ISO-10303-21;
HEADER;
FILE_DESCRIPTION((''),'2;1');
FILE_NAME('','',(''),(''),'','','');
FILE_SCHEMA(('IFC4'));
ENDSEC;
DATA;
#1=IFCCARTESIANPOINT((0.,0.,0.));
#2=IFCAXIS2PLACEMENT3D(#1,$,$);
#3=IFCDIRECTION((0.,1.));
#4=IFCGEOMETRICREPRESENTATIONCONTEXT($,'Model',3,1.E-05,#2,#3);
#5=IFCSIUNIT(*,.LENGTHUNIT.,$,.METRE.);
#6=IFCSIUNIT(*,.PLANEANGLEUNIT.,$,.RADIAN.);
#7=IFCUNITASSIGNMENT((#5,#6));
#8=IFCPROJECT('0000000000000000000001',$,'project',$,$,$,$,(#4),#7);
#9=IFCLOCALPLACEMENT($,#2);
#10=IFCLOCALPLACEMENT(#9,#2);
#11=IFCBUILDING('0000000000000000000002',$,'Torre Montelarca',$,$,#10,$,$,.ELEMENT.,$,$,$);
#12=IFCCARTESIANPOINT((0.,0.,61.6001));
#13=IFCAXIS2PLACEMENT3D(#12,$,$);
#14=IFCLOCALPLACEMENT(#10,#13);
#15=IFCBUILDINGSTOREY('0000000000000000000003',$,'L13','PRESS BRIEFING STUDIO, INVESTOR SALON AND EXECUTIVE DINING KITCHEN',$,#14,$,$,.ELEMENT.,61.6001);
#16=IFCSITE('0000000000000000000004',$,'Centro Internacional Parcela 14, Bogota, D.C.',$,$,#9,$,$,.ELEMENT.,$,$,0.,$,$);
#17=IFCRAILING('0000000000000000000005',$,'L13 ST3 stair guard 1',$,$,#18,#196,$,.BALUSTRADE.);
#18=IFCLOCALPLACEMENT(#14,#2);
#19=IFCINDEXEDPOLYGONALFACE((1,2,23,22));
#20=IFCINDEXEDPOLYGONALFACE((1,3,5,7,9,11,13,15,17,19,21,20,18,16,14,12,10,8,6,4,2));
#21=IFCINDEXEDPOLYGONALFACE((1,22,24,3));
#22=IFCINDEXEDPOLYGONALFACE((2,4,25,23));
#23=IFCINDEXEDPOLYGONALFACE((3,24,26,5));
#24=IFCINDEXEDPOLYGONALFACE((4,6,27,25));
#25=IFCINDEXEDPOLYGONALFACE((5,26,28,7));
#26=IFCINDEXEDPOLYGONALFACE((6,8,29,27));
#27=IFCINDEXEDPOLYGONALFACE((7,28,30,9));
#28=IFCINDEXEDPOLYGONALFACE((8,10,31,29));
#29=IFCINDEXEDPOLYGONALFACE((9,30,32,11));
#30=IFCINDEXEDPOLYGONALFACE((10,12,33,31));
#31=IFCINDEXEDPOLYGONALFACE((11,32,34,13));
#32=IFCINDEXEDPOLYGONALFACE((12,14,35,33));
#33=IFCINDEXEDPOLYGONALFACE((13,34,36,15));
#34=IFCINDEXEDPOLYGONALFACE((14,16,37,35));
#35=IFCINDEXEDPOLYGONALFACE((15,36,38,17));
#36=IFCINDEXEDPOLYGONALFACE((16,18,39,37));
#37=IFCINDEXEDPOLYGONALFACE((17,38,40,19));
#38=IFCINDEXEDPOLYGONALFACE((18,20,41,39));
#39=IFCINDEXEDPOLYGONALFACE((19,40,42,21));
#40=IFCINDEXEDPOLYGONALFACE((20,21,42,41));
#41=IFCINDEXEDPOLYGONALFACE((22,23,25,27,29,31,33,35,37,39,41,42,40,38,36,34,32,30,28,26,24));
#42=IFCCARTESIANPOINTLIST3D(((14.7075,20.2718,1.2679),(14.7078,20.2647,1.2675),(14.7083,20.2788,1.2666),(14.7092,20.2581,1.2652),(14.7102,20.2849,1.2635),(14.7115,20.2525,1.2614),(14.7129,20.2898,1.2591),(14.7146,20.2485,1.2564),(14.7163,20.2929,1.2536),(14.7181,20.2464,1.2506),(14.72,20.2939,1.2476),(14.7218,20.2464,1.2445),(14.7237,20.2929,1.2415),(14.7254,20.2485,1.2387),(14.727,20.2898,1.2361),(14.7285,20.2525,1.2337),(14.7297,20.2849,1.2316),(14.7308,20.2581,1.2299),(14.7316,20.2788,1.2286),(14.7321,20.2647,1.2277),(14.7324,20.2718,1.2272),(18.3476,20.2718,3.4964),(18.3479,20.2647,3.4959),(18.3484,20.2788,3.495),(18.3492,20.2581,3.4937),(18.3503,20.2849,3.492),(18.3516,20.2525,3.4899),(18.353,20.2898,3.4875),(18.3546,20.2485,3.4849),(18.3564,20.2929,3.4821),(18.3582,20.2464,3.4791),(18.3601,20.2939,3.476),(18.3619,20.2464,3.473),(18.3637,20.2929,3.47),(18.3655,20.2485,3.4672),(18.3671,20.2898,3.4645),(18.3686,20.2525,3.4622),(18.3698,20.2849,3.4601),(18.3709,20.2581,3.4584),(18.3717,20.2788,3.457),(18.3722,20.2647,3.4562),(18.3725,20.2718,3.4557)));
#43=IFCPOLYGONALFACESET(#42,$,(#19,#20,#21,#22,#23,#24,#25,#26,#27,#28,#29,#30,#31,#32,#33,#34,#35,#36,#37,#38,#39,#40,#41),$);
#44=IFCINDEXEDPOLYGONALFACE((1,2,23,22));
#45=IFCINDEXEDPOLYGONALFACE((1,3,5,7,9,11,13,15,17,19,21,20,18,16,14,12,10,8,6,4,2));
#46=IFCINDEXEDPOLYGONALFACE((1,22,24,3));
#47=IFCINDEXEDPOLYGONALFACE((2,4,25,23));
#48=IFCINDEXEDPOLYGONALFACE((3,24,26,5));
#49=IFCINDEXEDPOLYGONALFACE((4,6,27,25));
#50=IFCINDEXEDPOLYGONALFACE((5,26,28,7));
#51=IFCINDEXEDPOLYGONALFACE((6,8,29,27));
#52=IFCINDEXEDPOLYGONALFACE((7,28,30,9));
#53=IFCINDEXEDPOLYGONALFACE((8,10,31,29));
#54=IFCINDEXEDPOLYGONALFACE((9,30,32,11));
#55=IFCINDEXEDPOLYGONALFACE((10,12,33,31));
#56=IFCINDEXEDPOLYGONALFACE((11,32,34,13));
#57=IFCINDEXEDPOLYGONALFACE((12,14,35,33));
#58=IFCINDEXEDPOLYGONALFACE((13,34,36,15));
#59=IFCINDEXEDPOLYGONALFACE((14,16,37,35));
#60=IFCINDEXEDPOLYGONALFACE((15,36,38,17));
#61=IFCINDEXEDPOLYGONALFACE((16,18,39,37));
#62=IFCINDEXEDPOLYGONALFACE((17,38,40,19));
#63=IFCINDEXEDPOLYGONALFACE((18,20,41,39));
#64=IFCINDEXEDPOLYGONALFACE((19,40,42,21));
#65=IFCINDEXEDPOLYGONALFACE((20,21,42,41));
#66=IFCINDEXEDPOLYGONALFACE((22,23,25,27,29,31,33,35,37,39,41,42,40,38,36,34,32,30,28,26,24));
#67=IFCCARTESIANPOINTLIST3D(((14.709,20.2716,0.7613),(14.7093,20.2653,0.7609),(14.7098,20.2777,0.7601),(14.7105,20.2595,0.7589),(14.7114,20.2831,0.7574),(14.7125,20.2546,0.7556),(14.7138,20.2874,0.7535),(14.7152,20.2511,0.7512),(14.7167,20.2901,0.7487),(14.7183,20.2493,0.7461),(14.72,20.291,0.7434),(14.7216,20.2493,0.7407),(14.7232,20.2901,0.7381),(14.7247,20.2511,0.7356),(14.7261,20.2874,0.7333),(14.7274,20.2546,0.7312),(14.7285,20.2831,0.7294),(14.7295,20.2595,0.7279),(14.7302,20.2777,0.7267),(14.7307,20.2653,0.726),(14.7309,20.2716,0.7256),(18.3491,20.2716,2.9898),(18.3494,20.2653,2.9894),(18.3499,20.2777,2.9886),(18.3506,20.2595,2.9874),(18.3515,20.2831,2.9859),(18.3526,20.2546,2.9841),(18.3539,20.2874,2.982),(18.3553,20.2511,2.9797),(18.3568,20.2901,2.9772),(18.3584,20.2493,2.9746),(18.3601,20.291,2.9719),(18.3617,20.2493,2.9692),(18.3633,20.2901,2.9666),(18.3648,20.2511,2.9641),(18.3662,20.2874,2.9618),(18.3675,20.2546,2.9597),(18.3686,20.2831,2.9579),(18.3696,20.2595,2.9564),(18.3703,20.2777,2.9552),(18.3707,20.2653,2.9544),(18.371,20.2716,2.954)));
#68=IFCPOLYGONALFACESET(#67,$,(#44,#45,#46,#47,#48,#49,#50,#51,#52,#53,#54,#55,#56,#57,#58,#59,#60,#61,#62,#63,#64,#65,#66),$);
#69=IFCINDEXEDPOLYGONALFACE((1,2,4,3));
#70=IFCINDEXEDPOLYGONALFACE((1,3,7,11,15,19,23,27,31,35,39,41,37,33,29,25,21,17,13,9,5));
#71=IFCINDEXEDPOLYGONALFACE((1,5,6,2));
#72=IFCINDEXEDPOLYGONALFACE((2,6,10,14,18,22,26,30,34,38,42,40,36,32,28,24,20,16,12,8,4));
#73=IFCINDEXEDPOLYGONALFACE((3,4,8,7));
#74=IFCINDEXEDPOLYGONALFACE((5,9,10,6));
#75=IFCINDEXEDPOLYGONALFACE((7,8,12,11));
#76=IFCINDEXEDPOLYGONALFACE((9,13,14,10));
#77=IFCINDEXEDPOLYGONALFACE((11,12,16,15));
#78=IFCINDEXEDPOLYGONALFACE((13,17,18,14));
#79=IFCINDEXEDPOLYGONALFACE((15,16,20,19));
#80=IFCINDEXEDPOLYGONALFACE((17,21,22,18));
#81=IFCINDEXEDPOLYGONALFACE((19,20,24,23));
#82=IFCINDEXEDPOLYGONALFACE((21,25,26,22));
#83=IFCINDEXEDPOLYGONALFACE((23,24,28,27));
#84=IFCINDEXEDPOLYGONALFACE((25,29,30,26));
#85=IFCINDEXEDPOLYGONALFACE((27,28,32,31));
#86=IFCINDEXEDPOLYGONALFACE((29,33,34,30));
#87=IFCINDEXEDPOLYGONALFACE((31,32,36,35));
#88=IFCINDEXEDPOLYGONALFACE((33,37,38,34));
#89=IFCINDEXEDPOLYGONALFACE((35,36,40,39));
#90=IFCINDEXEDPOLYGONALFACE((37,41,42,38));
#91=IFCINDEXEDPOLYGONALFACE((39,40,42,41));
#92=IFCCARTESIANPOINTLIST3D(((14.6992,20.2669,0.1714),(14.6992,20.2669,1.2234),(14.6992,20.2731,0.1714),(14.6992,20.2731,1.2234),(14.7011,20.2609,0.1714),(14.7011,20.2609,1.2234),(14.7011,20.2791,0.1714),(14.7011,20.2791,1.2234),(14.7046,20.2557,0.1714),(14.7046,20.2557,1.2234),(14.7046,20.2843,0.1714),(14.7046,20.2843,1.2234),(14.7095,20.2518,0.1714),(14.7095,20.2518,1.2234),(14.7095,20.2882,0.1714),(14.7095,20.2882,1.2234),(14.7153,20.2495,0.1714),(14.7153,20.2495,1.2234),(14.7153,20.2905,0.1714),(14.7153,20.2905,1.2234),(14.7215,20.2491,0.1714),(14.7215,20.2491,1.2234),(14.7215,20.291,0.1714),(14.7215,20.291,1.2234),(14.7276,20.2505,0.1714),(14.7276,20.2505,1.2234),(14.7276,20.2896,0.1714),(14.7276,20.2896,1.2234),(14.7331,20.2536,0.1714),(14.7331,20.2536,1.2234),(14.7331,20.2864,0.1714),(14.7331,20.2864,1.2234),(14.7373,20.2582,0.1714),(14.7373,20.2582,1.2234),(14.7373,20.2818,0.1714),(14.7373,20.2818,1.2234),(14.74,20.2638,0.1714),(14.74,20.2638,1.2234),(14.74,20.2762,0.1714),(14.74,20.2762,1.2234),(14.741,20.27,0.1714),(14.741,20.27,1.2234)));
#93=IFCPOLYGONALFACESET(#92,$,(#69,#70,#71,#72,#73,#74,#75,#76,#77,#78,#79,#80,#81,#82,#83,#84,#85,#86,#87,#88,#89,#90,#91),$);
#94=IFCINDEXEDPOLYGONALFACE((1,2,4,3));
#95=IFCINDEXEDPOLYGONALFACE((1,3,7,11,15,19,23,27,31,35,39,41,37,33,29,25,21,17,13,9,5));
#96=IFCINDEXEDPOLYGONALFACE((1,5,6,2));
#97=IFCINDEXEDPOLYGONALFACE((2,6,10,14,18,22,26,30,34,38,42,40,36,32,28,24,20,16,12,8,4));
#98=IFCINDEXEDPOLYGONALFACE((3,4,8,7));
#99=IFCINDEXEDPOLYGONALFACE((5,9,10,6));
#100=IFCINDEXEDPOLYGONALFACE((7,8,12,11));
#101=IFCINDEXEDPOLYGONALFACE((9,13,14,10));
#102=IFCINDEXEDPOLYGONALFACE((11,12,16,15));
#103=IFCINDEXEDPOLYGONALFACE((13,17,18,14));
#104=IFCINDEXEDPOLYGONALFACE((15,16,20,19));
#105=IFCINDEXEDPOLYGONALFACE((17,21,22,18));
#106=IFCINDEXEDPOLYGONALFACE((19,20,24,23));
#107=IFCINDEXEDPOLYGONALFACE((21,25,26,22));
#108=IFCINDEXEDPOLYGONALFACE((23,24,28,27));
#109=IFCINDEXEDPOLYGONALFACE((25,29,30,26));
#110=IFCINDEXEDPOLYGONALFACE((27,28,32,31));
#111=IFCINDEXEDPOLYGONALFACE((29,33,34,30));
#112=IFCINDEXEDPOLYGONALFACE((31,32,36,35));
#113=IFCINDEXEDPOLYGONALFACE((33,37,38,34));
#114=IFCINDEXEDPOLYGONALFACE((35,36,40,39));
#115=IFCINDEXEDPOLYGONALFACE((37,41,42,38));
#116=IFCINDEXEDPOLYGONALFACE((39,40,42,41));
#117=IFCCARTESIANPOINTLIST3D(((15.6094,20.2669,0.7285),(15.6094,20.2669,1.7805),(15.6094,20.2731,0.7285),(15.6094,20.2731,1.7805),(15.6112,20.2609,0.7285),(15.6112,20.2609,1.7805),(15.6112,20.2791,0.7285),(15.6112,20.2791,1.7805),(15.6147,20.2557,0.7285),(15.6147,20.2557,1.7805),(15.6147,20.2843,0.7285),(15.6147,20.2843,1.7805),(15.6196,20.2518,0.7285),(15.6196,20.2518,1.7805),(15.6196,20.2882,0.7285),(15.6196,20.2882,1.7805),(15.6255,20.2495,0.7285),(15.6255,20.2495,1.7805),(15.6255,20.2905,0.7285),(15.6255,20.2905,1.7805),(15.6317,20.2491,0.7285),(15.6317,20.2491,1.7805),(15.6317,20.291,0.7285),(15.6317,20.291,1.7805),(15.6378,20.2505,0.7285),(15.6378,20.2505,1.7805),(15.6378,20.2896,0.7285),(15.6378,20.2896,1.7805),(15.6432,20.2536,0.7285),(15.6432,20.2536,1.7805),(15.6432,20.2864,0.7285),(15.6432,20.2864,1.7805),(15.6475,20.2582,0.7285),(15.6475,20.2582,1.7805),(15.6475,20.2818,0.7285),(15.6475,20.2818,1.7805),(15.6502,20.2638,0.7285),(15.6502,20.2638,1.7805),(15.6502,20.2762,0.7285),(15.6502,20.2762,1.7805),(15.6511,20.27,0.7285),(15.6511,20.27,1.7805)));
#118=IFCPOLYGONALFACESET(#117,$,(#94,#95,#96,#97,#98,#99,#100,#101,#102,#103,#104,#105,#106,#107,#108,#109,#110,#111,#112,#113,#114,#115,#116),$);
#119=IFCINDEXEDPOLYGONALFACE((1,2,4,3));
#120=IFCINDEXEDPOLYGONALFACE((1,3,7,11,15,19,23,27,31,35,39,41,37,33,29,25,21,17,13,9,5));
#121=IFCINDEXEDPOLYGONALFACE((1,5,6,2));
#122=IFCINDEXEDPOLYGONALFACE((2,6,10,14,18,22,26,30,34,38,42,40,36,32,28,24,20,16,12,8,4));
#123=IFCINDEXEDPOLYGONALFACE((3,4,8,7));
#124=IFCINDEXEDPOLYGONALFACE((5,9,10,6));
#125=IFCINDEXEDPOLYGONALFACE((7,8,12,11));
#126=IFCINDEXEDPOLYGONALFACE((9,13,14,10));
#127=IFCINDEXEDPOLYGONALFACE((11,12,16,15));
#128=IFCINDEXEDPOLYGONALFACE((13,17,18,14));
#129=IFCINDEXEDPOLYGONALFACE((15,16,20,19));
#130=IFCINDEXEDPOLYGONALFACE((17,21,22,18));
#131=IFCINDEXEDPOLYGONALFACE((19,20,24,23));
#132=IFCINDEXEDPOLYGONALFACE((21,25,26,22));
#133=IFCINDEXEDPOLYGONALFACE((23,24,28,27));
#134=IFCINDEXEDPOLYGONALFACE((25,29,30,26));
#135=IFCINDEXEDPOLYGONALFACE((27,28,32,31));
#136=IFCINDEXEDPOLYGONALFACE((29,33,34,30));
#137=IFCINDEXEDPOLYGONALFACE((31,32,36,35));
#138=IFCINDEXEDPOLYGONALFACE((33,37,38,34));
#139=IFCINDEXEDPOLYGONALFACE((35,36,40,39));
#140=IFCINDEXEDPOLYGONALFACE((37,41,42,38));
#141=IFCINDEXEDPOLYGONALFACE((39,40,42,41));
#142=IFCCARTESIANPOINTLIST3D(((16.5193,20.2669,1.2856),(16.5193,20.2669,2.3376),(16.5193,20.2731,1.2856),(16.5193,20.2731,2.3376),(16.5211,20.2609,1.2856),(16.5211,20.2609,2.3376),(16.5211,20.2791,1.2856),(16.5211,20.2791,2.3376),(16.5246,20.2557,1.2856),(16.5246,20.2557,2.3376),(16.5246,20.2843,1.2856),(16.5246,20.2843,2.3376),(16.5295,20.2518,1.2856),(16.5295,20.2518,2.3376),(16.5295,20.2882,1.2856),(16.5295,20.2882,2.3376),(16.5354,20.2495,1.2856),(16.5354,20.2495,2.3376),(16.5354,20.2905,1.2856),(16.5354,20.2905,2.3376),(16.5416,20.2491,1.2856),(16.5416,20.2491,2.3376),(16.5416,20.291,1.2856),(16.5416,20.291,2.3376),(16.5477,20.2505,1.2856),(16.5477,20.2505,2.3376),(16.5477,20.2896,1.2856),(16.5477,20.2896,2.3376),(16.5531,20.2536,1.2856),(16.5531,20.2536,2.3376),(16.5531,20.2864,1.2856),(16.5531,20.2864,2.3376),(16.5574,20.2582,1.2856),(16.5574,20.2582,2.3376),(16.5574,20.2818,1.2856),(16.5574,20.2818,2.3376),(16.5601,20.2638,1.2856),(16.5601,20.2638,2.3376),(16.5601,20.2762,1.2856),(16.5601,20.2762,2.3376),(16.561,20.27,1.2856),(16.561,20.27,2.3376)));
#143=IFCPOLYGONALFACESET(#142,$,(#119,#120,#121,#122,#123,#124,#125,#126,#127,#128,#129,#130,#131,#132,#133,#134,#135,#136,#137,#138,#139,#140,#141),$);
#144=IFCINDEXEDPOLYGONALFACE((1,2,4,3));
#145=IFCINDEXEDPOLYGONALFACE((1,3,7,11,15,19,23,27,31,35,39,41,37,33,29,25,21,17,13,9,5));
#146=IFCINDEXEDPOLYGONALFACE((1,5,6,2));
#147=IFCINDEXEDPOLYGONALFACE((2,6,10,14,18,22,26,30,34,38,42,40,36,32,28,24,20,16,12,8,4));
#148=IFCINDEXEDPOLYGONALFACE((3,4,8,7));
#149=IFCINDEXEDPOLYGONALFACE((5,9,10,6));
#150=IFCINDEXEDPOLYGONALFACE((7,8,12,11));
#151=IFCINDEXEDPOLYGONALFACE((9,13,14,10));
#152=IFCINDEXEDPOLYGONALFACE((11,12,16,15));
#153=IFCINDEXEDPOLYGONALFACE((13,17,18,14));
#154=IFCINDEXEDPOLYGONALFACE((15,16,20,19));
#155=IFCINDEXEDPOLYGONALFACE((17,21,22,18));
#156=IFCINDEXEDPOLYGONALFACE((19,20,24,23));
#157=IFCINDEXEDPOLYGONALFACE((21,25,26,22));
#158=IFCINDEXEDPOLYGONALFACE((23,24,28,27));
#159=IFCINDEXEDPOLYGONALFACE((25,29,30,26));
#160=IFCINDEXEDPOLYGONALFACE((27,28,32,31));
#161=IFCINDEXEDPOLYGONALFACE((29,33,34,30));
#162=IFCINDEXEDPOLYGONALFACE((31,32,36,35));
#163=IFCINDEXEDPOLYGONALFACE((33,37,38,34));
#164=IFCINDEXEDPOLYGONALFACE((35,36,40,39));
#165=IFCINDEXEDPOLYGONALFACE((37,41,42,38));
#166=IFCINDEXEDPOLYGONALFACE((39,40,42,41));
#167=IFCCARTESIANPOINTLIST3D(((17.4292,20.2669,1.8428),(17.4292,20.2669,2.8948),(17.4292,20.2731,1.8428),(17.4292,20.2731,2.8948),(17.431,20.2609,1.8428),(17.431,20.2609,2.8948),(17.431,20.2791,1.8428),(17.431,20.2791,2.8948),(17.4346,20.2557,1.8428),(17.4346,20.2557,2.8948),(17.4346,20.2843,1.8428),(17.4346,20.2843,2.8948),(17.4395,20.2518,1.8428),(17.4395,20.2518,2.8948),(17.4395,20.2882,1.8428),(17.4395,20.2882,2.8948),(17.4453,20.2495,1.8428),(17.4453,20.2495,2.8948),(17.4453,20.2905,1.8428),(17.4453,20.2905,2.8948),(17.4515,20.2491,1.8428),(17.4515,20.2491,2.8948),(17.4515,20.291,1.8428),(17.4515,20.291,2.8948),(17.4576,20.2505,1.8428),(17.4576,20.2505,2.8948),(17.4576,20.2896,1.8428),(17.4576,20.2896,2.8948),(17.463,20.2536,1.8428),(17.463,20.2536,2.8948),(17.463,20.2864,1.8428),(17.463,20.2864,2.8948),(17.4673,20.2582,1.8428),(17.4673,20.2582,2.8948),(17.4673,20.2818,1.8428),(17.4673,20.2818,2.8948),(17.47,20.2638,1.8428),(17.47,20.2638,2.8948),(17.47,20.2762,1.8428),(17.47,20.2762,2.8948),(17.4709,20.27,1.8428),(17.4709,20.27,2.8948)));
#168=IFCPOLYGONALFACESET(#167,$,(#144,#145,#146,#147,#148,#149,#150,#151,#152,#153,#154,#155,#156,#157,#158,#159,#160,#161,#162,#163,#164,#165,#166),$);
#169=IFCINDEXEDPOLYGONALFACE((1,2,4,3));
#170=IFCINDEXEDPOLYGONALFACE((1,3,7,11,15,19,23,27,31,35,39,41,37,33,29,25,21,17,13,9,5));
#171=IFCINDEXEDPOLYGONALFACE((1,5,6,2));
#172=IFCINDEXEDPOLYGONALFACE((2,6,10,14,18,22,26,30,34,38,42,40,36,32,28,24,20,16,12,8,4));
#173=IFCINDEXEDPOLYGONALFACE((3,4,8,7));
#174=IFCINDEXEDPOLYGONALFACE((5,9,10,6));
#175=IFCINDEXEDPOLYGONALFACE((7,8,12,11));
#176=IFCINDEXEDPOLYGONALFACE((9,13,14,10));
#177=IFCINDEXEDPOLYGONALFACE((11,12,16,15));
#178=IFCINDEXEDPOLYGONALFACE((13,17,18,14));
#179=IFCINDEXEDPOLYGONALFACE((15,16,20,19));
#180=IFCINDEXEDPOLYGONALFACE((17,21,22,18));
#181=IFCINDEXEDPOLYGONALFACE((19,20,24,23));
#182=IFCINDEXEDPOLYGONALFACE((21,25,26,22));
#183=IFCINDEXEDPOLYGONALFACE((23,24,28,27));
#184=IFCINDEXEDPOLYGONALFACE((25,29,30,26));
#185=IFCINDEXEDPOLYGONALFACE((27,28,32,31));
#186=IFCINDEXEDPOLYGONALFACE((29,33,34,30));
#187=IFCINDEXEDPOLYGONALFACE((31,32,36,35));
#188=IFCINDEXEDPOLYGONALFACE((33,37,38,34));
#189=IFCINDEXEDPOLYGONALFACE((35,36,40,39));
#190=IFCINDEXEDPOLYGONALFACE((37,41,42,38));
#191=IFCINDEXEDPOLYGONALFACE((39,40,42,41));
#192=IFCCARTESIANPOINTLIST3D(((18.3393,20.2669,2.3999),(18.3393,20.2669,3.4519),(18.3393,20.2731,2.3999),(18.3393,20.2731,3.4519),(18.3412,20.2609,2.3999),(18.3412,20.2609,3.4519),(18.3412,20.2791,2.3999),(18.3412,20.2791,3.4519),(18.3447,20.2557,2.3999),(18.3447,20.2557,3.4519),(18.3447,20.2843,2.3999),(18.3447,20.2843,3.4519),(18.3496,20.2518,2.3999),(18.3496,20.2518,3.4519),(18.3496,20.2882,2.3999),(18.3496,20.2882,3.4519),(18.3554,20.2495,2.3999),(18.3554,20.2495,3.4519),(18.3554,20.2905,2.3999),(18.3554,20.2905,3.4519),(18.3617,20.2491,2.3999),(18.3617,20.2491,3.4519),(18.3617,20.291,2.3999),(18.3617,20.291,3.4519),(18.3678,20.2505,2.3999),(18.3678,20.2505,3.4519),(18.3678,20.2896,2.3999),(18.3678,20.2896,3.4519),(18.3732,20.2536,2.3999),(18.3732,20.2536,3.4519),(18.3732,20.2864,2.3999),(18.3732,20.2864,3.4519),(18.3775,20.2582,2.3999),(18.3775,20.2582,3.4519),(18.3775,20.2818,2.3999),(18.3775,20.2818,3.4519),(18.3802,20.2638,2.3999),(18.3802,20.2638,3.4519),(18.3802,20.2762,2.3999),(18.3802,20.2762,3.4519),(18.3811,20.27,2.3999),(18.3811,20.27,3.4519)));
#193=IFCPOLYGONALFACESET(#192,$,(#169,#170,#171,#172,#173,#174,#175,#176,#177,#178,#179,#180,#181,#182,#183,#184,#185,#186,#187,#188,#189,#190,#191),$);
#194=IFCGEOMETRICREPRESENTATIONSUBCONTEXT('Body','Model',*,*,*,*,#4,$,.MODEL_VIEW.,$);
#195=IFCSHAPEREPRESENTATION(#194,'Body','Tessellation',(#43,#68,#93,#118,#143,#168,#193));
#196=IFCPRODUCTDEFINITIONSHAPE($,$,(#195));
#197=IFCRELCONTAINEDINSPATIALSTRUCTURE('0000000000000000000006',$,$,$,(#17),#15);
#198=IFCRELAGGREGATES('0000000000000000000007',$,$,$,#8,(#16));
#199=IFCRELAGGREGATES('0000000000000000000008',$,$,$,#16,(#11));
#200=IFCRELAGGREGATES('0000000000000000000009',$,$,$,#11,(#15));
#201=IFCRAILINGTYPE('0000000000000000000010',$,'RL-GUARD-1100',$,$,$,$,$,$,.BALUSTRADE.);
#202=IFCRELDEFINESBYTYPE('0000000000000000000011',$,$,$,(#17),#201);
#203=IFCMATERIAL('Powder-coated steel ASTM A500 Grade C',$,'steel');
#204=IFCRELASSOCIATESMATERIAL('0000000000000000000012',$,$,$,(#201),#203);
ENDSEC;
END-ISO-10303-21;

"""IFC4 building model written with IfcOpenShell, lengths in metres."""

from ifc_helpers import new_model, si_unit, direction, frame, origin, origin_2d, place, context, subcontext, project, spatial, circle, extrude, material, type_object, element, save


model = new_model("IFC4")

# Units and contexts
model_context = context("Model", 3, precision=1e-05, world=origin(), true_north=direction((0.0, 1.0)))
body_context = subcontext(model_context, "Body", "Model", "MODEL_VIEW")
ifc_project = project(units=[si_unit("LENGTHUNIT", "METRE"), si_unit("PLANEANGLEUNIT", "RADIAN")], contexts=[model_context])

# Site, building, storey
site_placement = place(None, origin())
site = spatial("IfcSite", under=ifc_project, at=site_placement, Name="Centro Internacional Parcela 14, Bogota, D.C.", CompositionType="ELEMENT", RefElevation=0.0)
building_placement = place(site_placement, origin())
building = spatial("IfcBuilding", under=site, at=building_placement, Name="Torre Montelarca", CompositionType="ELEMENT")
storey_placement = place(building_placement, frame((0.0, 0.0, 61.6001)))
storey = spatial("IfcBuildingStorey", under=building, at=storey_placement, Name="L13", Description="PRESS BRIEFING STUDIO, INVESTOR SALON AND EXECUTIVE DINING KITCHEN", CompositionType="ELEMENT", Elevation=61.6001)

# Railing
ifc_material_1 = material(Name="Powder-coated steel ASTM A500 Grade C", Category="steel")
railing_type_1 = type_object("IfcRailingType", Name="RL-GUARD-1100", PredefinedType="BALUSTRADE", material=ifc_material_1)
railing_1_placement = place(storey_placement, frame((14.72, 20.27, 0.1714)))
element("IfcRailing", 1, at=railing_1_placement, inside=storey, type_object=railing_type_1, Name="L13 ST3 stair guard 1", PredefinedType="BALUSTRADE", context=body_context, shape_type="SweptSolid", body=[
    extrude(circle(Radius=0.0239, at=origin_2d()), frame((0.0, 0.0, 1.0762), z_axis=(0.852866, 0.0, 0.52213), x_axis=(0.0, 1.0, 0.0)), (0.0, 0.0, 1.0), 4.2681),
    extrude(circle(Radius=0.021, at=origin_2d()), frame((0.0, 0.0, 0.572), z_axis=(0.852866, 0.0, 0.52213), x_axis=(0.0, 1.0, 0.0)), (0.0, 0.0, 1.0), 4.2681),
    extrude(circle(Radius=0.021, at=origin_2d()), origin(), (0.0, 0.0, 1.0), 1.052),
    extrude(circle(Radius=0.021, at=origin_2d()), frame((0.9102, 0.0, 0.5571)), (0.0, 0.0, 1.0), 1.052),
    extrude(circle(Radius=0.021, at=origin_2d()), frame((1.8201, 0.0, 1.1143)), (0.0, 0.0, 1.0), 1.052),
    extrude(circle(Radius=0.021, at=origin_2d()), frame((2.73, 0.0, 1.6714)), (0.0, 0.0, 1.0), 1.052),
    extrude(circle(Radius=0.021, at=origin_2d()), frame((3.6401, 0.0, 2.2285)), (0.0, 0.0, 1.0), 1.052),
])

save(model, "model.ifc")
